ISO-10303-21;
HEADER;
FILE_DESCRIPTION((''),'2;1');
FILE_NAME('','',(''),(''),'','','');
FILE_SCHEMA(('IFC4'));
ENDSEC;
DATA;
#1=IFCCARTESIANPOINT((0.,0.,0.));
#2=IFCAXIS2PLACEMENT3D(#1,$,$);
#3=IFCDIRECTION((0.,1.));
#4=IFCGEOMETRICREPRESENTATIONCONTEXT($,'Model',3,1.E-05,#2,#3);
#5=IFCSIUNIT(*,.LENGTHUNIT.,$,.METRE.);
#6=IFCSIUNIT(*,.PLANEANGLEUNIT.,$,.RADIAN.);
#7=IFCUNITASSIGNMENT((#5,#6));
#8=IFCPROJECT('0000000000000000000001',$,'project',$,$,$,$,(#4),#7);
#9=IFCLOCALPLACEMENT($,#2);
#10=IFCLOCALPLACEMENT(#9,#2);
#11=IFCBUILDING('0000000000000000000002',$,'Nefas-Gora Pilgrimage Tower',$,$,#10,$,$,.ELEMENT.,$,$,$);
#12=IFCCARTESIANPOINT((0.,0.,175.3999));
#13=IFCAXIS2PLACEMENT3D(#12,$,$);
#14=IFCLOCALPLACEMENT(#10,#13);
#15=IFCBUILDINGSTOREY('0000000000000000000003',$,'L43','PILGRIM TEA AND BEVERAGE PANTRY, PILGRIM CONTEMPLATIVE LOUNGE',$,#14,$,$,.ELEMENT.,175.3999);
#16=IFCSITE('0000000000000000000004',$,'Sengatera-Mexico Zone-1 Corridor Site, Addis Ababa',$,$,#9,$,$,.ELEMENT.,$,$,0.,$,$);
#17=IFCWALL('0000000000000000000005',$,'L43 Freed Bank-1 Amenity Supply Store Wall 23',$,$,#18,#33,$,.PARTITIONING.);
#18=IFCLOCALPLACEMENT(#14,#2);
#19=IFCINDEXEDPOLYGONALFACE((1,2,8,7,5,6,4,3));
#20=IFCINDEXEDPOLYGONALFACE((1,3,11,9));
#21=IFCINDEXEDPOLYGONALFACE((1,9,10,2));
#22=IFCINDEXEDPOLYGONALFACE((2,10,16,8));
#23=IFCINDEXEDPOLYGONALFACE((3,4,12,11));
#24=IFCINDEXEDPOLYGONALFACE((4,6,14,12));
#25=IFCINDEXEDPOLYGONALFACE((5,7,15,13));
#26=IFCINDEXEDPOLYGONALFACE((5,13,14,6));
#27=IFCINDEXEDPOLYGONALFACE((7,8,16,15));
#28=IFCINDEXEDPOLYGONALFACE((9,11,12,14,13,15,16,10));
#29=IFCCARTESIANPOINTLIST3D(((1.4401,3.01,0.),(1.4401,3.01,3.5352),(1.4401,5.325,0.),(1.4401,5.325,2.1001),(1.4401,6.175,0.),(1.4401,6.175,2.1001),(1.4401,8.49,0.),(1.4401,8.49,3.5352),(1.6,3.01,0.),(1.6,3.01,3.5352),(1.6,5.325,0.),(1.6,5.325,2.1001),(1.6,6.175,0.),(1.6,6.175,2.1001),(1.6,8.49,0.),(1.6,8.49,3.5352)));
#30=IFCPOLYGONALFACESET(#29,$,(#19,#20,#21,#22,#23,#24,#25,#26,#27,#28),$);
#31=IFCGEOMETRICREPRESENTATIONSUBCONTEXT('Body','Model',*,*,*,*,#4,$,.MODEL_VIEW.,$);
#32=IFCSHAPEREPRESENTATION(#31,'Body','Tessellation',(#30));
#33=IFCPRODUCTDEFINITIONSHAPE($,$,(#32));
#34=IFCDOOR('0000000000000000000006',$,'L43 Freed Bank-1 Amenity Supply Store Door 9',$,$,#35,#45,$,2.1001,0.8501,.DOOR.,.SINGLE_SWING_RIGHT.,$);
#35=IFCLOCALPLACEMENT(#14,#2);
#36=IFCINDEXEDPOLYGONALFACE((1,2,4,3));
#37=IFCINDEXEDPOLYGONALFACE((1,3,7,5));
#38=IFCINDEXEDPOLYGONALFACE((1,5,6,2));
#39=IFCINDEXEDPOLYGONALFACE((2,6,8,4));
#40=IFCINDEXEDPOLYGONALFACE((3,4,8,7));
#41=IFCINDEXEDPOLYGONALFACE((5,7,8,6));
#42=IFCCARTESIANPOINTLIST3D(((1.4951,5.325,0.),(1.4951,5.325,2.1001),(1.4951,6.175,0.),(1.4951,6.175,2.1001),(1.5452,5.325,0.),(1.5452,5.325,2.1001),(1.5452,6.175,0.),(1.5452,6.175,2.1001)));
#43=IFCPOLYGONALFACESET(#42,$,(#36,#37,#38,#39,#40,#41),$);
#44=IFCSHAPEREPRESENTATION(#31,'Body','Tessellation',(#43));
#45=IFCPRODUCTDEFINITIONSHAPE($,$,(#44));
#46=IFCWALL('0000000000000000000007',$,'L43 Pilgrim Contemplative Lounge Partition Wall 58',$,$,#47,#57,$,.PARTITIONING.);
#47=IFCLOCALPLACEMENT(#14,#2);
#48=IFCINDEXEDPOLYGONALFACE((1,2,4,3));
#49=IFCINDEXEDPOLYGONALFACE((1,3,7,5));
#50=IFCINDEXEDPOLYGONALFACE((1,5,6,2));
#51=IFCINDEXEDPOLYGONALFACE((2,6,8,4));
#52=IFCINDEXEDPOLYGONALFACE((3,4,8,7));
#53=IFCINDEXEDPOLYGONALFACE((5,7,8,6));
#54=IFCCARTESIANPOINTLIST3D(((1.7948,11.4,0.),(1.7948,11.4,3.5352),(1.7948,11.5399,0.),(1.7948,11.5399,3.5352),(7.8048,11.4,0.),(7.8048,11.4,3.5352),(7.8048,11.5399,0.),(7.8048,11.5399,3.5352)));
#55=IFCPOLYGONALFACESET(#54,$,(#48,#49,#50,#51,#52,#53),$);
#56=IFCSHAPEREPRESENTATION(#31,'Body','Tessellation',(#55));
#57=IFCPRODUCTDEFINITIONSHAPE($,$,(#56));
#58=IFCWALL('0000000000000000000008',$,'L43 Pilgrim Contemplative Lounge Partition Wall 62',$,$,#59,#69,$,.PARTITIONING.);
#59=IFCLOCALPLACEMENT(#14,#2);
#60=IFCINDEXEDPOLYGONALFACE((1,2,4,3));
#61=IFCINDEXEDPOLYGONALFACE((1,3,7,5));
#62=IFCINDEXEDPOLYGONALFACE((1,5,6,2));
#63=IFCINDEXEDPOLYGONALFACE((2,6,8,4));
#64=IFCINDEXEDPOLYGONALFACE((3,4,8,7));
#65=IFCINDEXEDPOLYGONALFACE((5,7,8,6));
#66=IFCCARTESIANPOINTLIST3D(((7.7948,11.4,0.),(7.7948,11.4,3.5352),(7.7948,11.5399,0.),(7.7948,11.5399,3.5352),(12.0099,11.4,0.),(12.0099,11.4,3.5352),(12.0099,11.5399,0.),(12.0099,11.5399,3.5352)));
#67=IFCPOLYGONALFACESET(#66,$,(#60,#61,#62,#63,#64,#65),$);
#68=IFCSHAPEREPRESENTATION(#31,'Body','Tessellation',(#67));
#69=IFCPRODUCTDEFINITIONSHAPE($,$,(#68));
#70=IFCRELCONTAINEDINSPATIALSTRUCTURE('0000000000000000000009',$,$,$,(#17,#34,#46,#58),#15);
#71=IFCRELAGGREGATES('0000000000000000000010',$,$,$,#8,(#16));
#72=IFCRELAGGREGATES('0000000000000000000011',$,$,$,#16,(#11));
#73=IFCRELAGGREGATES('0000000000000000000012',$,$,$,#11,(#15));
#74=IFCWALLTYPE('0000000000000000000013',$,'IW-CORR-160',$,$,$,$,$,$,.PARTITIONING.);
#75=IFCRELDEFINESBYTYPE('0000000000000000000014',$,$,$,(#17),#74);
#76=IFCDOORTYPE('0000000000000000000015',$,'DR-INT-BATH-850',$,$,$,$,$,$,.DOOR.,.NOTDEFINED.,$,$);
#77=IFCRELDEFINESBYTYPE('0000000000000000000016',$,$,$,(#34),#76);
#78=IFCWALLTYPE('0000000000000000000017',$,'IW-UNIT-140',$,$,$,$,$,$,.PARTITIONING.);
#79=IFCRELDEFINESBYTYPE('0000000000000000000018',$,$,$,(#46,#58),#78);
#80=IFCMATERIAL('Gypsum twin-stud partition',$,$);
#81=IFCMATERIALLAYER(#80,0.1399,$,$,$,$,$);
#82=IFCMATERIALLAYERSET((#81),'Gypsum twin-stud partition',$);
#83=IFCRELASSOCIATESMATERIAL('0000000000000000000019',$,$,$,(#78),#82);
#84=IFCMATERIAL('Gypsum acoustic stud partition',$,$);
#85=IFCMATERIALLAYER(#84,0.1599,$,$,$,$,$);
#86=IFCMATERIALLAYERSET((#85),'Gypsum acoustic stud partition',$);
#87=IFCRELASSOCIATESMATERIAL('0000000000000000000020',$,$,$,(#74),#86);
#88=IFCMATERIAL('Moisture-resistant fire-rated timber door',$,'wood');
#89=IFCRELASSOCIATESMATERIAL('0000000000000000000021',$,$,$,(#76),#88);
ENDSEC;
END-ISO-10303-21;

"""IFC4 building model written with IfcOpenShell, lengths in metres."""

from ifc_helpers import new_model, si_unit, direction, frame, frame_2d, origin, place, context, subcontext, project, spatial, rectangle, extrude, source, transform, mapped, material, layer, layer_set, type_object, element, fill, save


model = new_model("IFC4")

# Units and contexts
model_context = context("Model", 3, precision=1e-05, world=origin(), true_north=direction((0.0, 1.0)))
body_context = subcontext(model_context, "Body", "Model", "MODEL_VIEW")
ifc_project = project(units=[si_unit("LENGTHUNIT", "METRE"), si_unit("PLANEANGLEUNIT", "RADIAN")], contexts=[model_context])

# Site, building, storey
site_placement = place(None, origin())
site = spatial("IfcSite", under=ifc_project, at=site_placement, Name="Sengatera-Mexico Zone-1 Corridor Site, Addis Ababa", CompositionType="ELEMENT", RefElevation=0.0)
building_placement = place(site_placement, origin())
building = spatial("IfcBuilding", under=site, at=building_placement, Name="Nefas-Gora Pilgrimage Tower", CompositionType="ELEMENT")
storey_placement = place(building_placement, frame((0.0, 0.0, 175.3999)))
storey = spatial("IfcBuildingStorey", under=building, at=storey_placement, Name="L43", Description="PILGRIM TEA AND BEVERAGE PANTRY, PILGRIM CONTEMPLATIVE LOUNGE", CompositionType="ELEMENT", Elevation=175.3999)

# Shared definitions
ifc_material_1 = material(Name="Gypsum twin-stud partition")
ifc_layer_1 = layer(ifc_material_1, 0.1399)
ifc_layer_set_1 = layer_set([ifc_layer_1], Name="Gypsum twin-stud partition")
wall_type_1 = type_object("IfcWallType", Name="IW-UNIT-140", PredefinedType="PARTITIONING", material=ifc_layer_set_1)
ifc_material_2 = material(Name="Gypsum acoustic stud partition")
ifc_layer_2 = layer(ifc_material_2, 0.1599)
ifc_layer_set_2 = layer_set([ifc_layer_2], Name="Gypsum acoustic stud partition")
wall_type_2 = type_object("IfcWallType", Name="IW-CORR-160", PredefinedType="PARTITIONING", material=ifc_layer_set_2)

# Wall, opening, door
shared_shape_1 = source(origin(), body_context, "Body", "SweptSolid", [
    extrude(rectangle(XDim=5.48, YDim=0.1599, at=frame_2d((2.74, 0.0))), origin(), (0.0, 0.0, 1.0), 3.5352),
])
ifc_material_3 = material(Name="Moisture-resistant fire-rated timber door", Category="wood")
door_type_1 = type_object("IfcDoorType", Name="DR-INT-BATH-850", OperationType="NOTDEFINED", PredefinedType="DOOR", material=ifc_material_3)
shared_shape_2 = source(origin(), body_context, "Body", "SweptSolid", [
    extrude(rectangle(XDim=0.8501, YDim=2.1001, at=frame_2d((0.425, 1.05))), frame((0.0, 0.0249, 0.0), z_axis=(0.0, -1.0, 0.0), x_axis=(1.0, 0.0, 0.0)), (0.0, 0.0, 1.0), 0.05),
])
wall_1_placement = place(storey_placement, frame((1.52, 3.01, 0.0), z_axis=(0.0, 0.0, 1.0), x_axis=(0.0, 1.0, 0.0)))
wall_1 = element("IfcWall", 1, at=wall_1_placement, inside=storey, type_object=wall_type_2, Name="L43 Freed Bank-1 Amenity Supply Store Wall 23", PredefinedType="PARTITIONING", context=body_context, shape_type="MappedRepresentation", body=[
    mapped(shared_shape_1, transform((0.0, 0.0, 0.0), x_axis=(1.0, 0.0, 0.0), y_axis=(0.0, 1.0, 0.0), z_axis=(0.0, 0.0, 1.0), scale=1.0)),
])
opening_1_placement = place(wall_1_placement, frame((2.3149, 0.0, 0.0)))
opening_1 = element("IfcOpeningElement", 2, at=opening_1_placement, cuts=wall_1, PredefinedType="OPENING", context=body_context, shape_type="SweptSolid", body=[
    extrude(rectangle(XDim=0.8501, YDim=2.1001, at=frame_2d((0.425, 1.05))), frame((0.0, 0.0898, 0.0), z_axis=(0.0, -1.0, 0.0), x_axis=(1.0, 0.0, 0.0)), (0.0, 0.0, 1.0), 0.1799),
])
door_1_placement = place(opening_1_placement, origin())
door_1 = element("IfcDoor", 3, at=door_1_placement, inside=storey, type_object=door_type_1, Name="L43 Freed Bank-1 Amenity Supply Store Door 9", OperationType="SINGLE_SWING_RIGHT", OverallHeight=2.1001, OverallWidth=0.8501, PredefinedType="DOOR", context=body_context, shape_type="MappedRepresentation", body=[
    mapped(shared_shape_2, transform((0.0, 0.0, 0.0), x_axis=(1.0, 0.0, 0.0), y_axis=(0.0, 1.0, 0.0), z_axis=(0.0, 0.0, 1.0), scale=1.0)),
])
fill(opening_1, door_1)

# Walls
shared_shape_3 = source(origin(), body_context, "Body", "SweptSolid", [
    extrude(rectangle(XDim=6.01, YDim=0.1399, at=frame_2d((3.0049, 0.0))), origin(), (0.0, 0.0, 1.0), 3.5352),
])
wall_2_placement = place(storey_placement, frame((1.7949, 11.47, 0.0), z_axis=(0.0, 0.0, 1.0), x_axis=(1.0, 0.0, 0.0)))
element("IfcWall", 4, at=wall_2_placement, inside=storey, type_object=wall_type_1, Name="L43 Pilgrim Contemplative Lounge Partition Wall 58", PredefinedType="PARTITIONING", context=body_context, shape_type="MappedRepresentation", body=[
    mapped(shared_shape_3, transform((0.0, 0.0, 0.0), x_axis=(1.0, 0.0, 0.0), y_axis=(0.0, 1.0, 0.0), z_axis=(0.0, 0.0, 1.0), scale=1.0)),
])
shared_shape_4 = source(origin(), body_context, "Body", "SweptSolid", [
    extrude(rectangle(XDim=4.2151, YDim=0.1399, at=frame_2d((2.1074, 0.0))), origin(), (0.0, 0.0, 1.0), 3.5352),
])
wall_3_placement = place(storey_placement, frame((7.7949, 11.47, 0.0), z_axis=(0.0, 0.0, 1.0), x_axis=(1.0, 0.0, 0.0)))
element("IfcWall", 5, at=wall_3_placement, inside=storey, type_object=wall_type_1, Name="L43 Pilgrim Contemplative Lounge Partition Wall 62", PredefinedType="PARTITIONING", context=body_context, shape_type="MappedRepresentation", body=[
    mapped(shared_shape_4, transform((0.0, 0.0, 0.0), x_axis=(1.0, 0.0, 0.0), y_axis=(0.0, 1.0, 0.0), z_axis=(0.0, 0.0, 1.0), scale=1.0)),
])

save(model, "model.ifc")
